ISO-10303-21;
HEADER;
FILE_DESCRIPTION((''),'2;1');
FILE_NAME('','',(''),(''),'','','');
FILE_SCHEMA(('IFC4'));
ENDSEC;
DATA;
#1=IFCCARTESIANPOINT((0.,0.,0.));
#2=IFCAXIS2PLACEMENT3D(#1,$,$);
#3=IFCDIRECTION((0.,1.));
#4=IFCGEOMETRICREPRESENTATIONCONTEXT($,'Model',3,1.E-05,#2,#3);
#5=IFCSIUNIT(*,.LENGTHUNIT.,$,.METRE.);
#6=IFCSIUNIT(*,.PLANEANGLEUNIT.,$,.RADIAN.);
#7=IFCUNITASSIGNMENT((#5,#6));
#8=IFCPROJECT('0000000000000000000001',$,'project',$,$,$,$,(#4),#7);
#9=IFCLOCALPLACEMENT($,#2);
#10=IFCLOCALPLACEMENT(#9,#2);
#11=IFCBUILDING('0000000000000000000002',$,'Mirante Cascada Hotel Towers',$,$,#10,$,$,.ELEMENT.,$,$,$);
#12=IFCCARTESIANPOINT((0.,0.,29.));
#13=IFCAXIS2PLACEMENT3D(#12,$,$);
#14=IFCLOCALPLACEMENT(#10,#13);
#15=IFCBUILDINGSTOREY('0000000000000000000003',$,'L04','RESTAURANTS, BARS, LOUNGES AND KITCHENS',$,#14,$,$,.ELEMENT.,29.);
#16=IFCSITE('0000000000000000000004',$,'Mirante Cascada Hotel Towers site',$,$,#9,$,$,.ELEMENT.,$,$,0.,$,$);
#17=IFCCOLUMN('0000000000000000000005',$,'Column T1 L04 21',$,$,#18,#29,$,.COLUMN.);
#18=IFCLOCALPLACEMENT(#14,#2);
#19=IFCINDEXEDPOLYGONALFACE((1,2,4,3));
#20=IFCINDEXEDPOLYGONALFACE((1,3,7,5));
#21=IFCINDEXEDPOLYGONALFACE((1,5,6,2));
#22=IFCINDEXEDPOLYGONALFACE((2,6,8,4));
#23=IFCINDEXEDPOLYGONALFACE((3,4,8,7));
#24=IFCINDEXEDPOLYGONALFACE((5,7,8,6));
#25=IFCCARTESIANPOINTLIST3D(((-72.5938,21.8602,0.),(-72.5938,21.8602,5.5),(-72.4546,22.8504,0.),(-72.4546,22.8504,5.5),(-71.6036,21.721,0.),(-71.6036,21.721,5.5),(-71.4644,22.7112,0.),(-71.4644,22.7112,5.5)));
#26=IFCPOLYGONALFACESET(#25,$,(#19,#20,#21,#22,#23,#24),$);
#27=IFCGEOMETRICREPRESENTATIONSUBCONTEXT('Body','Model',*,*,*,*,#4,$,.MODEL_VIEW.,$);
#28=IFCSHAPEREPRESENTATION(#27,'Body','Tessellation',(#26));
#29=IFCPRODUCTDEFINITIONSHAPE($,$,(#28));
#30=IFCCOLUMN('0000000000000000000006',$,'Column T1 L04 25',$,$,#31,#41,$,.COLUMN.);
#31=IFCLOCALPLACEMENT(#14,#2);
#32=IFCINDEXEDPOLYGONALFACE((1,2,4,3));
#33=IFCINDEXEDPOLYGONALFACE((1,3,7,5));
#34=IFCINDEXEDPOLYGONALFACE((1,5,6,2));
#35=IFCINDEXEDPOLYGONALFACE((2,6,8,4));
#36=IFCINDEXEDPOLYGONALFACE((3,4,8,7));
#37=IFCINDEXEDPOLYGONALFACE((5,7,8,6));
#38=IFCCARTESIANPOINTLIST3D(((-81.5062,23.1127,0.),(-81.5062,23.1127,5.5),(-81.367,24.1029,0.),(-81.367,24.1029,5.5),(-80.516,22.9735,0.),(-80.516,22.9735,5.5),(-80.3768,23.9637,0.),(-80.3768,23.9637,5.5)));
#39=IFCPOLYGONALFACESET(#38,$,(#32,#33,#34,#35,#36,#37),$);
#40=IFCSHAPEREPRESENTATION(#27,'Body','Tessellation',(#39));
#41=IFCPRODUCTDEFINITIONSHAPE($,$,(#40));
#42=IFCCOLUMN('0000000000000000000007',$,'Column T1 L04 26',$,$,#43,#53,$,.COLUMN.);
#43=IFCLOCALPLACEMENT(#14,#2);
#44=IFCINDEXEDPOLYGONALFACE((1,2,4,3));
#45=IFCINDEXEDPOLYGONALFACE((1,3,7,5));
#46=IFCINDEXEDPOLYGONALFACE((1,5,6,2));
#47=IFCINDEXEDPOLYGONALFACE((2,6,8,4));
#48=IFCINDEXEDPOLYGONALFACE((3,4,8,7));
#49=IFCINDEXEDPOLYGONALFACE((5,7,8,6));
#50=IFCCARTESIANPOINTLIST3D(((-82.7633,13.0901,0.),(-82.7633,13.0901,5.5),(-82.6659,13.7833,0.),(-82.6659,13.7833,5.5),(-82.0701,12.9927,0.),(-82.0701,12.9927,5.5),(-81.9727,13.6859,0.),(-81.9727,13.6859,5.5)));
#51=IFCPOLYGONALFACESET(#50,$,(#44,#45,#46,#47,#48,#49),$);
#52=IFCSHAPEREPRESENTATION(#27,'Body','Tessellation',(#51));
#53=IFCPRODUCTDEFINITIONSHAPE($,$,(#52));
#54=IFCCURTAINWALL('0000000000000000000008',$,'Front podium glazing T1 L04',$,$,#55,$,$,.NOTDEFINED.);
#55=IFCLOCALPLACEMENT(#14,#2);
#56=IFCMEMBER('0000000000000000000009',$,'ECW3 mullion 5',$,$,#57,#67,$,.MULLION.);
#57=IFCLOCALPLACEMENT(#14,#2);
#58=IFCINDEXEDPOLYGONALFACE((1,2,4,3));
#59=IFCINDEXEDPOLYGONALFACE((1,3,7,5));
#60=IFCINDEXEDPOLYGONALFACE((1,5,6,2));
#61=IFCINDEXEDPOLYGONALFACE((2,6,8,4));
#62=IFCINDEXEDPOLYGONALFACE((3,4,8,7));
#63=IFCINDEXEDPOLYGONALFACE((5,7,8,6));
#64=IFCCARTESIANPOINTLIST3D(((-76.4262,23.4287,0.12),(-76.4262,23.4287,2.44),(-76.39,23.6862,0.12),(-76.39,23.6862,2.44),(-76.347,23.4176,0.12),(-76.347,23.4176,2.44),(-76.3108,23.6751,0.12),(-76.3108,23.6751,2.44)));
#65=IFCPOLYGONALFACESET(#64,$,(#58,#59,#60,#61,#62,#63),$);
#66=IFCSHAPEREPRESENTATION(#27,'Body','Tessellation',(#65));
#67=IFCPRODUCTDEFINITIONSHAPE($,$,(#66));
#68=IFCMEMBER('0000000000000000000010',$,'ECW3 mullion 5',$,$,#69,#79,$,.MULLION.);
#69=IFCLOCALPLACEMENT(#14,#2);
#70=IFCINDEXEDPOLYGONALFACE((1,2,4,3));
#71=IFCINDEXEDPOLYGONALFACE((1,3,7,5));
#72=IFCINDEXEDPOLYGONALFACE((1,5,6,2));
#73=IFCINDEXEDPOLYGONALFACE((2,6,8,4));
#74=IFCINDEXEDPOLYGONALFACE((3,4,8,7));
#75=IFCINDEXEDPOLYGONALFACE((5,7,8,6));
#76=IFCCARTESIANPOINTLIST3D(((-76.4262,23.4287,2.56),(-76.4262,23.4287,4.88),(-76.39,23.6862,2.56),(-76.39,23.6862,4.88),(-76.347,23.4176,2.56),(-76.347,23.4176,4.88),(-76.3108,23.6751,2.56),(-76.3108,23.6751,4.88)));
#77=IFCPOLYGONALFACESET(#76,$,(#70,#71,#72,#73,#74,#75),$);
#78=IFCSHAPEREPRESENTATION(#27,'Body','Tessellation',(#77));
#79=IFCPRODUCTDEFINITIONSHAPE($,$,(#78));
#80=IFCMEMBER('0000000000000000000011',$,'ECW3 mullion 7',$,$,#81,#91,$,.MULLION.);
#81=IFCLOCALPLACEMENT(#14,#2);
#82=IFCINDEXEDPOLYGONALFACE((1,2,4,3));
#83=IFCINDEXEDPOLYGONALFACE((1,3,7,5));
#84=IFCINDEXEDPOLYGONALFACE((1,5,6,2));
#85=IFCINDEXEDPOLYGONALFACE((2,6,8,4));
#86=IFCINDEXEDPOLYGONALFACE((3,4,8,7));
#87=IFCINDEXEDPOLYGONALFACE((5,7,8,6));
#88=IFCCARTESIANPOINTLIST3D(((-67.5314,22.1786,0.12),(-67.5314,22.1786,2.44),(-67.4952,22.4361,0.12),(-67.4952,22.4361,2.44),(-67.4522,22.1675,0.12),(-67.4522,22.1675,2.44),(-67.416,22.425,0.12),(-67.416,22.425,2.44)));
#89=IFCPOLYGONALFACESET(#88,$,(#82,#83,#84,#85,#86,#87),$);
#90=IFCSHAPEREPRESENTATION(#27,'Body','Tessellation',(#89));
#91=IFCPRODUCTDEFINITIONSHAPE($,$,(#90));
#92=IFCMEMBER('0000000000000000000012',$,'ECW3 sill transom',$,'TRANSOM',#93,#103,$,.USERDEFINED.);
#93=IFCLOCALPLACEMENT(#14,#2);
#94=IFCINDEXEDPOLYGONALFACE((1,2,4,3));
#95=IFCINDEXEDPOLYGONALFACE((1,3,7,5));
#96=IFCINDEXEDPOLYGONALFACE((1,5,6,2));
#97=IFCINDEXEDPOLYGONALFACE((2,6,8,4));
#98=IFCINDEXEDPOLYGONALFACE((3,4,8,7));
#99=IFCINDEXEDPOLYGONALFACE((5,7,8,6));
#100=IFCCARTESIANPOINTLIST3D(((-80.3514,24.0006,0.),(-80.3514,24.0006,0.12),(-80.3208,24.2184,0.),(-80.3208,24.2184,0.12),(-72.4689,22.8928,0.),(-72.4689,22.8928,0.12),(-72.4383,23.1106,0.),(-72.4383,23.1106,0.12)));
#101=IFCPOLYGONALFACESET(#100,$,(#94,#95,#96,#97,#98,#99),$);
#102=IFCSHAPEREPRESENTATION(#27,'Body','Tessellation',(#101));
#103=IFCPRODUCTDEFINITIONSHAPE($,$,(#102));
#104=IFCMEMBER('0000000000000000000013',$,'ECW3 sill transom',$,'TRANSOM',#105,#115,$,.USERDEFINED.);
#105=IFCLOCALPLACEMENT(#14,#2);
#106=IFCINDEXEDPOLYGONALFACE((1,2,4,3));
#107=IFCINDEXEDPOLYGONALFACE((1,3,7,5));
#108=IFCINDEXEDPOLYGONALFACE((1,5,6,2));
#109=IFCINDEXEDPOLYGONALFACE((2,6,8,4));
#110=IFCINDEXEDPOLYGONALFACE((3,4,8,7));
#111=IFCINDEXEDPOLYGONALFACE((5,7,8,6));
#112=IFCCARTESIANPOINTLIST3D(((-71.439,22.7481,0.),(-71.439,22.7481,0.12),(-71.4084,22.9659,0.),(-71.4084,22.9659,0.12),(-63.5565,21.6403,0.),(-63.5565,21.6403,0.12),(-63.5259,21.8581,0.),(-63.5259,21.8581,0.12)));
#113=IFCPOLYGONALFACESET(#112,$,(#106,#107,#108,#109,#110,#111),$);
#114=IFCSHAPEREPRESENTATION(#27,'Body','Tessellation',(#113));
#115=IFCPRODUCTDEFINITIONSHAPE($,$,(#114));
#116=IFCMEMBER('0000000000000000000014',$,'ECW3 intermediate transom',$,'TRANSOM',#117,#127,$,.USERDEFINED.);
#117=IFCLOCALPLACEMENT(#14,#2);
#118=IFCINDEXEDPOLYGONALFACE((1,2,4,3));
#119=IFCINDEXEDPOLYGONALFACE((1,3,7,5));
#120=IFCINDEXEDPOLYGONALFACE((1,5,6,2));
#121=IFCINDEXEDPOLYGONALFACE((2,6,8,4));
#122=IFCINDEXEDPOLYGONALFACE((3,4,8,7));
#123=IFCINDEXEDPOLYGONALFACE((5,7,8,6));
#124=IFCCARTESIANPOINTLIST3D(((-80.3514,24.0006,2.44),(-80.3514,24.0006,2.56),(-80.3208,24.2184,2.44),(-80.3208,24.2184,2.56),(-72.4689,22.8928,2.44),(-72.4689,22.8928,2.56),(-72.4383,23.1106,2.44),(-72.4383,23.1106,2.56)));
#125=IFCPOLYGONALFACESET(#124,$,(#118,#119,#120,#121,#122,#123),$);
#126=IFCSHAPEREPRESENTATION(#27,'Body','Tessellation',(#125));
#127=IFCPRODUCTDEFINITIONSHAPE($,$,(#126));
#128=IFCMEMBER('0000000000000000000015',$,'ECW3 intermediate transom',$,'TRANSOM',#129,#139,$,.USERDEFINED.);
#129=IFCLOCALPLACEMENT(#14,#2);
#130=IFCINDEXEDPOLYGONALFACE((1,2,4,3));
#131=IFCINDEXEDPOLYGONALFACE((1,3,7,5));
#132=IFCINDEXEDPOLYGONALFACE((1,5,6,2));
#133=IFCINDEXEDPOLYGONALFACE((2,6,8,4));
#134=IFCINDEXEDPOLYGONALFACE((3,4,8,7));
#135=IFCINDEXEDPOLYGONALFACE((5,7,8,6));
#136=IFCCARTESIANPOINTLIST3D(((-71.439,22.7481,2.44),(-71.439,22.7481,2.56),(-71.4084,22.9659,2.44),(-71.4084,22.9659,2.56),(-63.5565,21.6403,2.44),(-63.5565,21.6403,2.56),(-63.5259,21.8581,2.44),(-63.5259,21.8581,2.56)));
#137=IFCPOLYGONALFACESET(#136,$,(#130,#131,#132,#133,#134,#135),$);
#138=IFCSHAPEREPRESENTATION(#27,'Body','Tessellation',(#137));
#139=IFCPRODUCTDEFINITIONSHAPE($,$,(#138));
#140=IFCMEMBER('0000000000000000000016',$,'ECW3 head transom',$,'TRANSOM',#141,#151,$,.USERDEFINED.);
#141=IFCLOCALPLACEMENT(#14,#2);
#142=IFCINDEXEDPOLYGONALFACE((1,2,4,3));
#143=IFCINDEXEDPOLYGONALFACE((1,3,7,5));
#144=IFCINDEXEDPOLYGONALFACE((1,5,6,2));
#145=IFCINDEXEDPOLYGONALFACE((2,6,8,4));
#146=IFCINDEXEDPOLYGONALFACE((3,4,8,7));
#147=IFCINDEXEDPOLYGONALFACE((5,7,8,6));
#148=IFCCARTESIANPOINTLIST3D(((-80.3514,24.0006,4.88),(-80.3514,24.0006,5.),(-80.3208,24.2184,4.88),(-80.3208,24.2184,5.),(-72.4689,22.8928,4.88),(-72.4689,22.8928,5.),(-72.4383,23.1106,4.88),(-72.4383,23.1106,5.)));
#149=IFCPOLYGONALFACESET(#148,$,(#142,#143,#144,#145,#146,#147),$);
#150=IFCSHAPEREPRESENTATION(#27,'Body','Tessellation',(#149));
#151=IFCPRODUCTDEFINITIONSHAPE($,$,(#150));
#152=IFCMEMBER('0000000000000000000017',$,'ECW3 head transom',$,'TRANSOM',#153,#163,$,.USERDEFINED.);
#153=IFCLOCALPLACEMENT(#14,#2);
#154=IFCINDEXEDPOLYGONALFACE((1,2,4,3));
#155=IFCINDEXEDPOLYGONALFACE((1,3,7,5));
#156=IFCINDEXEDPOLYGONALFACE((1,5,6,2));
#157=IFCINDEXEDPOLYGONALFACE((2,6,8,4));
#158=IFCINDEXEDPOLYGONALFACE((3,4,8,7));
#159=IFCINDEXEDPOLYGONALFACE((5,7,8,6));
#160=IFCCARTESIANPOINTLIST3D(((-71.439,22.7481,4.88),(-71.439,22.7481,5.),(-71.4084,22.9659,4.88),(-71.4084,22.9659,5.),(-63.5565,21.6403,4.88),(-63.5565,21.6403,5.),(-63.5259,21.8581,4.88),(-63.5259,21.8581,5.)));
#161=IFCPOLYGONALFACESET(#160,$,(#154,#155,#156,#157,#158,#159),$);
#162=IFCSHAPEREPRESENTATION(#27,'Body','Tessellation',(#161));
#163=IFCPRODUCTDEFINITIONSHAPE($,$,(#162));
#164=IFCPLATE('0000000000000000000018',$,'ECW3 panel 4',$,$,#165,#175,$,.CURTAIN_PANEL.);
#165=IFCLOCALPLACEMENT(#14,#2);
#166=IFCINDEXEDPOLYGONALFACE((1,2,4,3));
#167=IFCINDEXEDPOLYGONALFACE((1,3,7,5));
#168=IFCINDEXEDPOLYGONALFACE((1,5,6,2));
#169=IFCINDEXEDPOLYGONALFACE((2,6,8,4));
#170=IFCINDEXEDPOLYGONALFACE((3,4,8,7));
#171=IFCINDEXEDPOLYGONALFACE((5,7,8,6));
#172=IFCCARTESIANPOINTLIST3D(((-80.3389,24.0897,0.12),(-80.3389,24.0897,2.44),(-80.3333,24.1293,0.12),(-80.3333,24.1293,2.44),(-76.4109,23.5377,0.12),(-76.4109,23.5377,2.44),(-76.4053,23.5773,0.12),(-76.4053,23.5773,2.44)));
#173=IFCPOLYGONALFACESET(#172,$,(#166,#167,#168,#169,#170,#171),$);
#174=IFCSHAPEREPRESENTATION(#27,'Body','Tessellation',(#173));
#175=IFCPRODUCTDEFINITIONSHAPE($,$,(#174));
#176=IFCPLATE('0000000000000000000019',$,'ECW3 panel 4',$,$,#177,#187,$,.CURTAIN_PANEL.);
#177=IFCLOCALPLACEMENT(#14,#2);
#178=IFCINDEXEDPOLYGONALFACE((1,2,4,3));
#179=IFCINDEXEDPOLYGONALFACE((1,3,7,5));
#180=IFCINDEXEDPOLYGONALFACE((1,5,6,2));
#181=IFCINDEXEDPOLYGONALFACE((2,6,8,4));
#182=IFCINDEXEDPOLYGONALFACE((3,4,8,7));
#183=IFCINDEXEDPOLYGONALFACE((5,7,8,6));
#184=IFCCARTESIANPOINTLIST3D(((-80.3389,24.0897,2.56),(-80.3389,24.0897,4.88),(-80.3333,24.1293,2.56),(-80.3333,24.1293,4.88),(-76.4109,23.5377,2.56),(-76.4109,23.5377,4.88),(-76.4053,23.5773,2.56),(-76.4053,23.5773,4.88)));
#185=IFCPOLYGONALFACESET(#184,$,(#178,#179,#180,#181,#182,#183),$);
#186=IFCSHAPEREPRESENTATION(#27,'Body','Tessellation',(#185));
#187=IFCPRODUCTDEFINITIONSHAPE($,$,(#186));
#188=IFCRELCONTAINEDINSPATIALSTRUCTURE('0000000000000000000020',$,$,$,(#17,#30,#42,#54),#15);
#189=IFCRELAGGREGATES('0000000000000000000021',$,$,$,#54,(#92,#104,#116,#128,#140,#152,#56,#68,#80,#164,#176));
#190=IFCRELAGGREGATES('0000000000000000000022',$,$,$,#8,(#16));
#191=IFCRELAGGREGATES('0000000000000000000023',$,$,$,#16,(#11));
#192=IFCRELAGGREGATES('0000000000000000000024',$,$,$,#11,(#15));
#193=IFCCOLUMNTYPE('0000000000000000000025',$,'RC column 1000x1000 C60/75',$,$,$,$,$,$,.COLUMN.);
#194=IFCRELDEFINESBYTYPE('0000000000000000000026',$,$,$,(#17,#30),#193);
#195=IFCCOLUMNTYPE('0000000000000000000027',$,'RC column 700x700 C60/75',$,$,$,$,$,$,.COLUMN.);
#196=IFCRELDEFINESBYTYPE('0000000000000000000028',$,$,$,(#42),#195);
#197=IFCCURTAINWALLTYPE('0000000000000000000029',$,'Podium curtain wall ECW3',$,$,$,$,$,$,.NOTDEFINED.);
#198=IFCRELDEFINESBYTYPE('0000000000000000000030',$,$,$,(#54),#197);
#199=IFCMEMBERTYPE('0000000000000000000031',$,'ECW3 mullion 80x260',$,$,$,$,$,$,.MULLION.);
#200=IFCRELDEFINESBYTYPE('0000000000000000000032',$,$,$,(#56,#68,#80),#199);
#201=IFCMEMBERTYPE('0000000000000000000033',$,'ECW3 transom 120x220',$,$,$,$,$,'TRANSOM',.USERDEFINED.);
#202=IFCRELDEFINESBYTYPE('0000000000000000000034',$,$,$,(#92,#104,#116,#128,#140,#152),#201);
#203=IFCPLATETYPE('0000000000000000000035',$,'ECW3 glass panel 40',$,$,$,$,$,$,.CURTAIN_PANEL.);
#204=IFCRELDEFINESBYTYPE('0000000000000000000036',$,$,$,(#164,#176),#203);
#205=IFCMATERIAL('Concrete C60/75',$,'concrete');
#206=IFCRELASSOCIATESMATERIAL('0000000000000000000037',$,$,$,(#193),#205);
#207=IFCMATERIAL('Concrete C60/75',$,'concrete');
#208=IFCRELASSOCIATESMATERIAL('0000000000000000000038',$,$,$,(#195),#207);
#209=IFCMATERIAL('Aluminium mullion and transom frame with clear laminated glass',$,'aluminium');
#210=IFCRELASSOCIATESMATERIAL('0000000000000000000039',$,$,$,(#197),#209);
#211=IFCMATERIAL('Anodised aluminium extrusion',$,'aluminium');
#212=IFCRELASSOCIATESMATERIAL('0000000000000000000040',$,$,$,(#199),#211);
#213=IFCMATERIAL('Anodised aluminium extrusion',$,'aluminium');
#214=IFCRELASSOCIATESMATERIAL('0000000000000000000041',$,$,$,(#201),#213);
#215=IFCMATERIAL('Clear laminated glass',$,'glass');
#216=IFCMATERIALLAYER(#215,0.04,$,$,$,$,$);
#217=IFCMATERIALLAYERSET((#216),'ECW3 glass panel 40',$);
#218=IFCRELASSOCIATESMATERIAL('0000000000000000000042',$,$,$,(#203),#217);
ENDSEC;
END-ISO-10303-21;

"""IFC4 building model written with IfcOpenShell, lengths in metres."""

from ifc_helpers import new_model, si_unit, direction, frame, origin, origin_2d, place, context, subcontext, project, spatial, rectangle, extrude, material, layer, layer_set, material_profile, profile_set, type_object, element, aggregate, save


model = new_model("IFC4")

# Units and contexts
model_context = context("Model", 3, precision=1e-05, world=origin(), true_north=direction((0.0, 1.0)))
body_context = subcontext(model_context, "Body", "Model", "MODEL_VIEW")
ifc_project = project(units=[si_unit("LENGTHUNIT", "METRE"), si_unit("PLANEANGLEUNIT", "RADIAN")], contexts=[model_context])

# Site, building, storey
site_placement = place(None, origin())
site = spatial("IfcSite", under=ifc_project, at=site_placement, Name="Mirante Cascada Hotel Towers site", CompositionType="ELEMENT", RefElevation=0.0)
building_placement = place(site_placement, origin())
building = spatial("IfcBuilding", under=site, at=building_placement, Name="Mirante Cascada Hotel Towers", CompositionType="ELEMENT")
storey_placement = place(building_placement, frame((0.0, 0.0, 29.0)))
storey = spatial("IfcBuildingStorey", under=building, at=storey_placement, Name="L04", Description="RESTAURANTS, BARS, LOUNGES AND KITCHENS", CompositionType="ELEMENT", Elevation=29.0)

# Columns
ifc_material_1 = material(Name="Concrete C60/75", Category="concrete")
ifc_material_profile_1 = material_profile(ifc_material_1, rectangle(XDim=1.0, YDim=1.0, at=origin_2d()), Name="RC column 1000x1000 C60/75")
ifc_profile_set_1 = profile_set([ifc_material_profile_1], Name="Concrete C60/75")
column_type_1 = type_object("IfcColumnType", Name="RC column 1000x1000 C60/75", PredefinedType="COLUMN", material=ifc_profile_set_1)
for number, where, z_axis, x_axis, name in (
    (1, (-72.0291, 22.2857, 0.0), (0.0, 0.0, 1.0), (-0.990268, 0.139173, 0.0), "Column T1 L04 21"),
    (2, (-80.9415, 23.5382, 0.0), (0.0, 0.0, 1.0), (-0.990268, 0.139173, 0.0), "Column T1 L04 25"),
):
    element("IfcColumn", number, at=place(storey_placement, frame(where, z_axis=z_axis, x_axis=x_axis)), inside=storey, type_object=column_type_1, Name=name, PredefinedType="COLUMN", context=body_context, shape_type="SweptSolid", body=[
        extrude(rectangle(XDim=1.0, YDim=1.0, at=origin_2d()), origin(), (0.0, 0.0, 1.0), 5.5),
    ])
ifc_material_2 = material(Name="Concrete C60/75", Category="concrete")
ifc_material_profile_2 = material_profile(ifc_material_2, rectangle(XDim=0.7, YDim=0.7, at=origin_2d()), Name="RC column 700x700 C60/75")
ifc_profile_set_2 = profile_set([ifc_material_profile_2], Name="Concrete C60/75")
column_type_2 = type_object("IfcColumnType", Name="RC column 700x700 C60/75", PredefinedType="COLUMN", material=ifc_profile_set_2)
column_placement = place(storey_placement, frame((-82.368, 13.388, 0.0), z_axis=(0.0, 0.0, 1.0), x_axis=(-0.990268, 0.139173, 0.0)))
element("IfcColumn", 3, at=column_placement, inside=storey, type_object=column_type_2, Name="Column T1 L04 26", PredefinedType="COLUMN", context=body_context, shape_type="SweptSolid", body=[
    extrude(rectangle(XDim=0.7, YDim=0.7, at=origin_2d()), origin(), (0.0, 0.0, 1.0), 5.5),
])

# Curtain wall, members, plates
ifc_material_3 = material(Name="Aluminium mullion and transom frame with clear laminated glass", Category="aluminium")
curtain_wall_type = type_object("IfcCurtainWallType", Name="Podium curtain wall ECW3", PredefinedType="NOTDEFINED", material=ifc_material_3)
curtain_wall_placement = place(storey_placement, origin())
curtain_wall = element("IfcCurtainWall", 4, at=curtain_wall_placement, inside=storey, type_object=curtain_wall_type, Name="Front podium glazing T1 L04", PredefinedType="NOTDEFINED")
ifc_material_4 = material(Name="Anodised aluminium extrusion", Category="aluminium")
ifc_material_profile_3 = material_profile(ifc_material_4, rectangle(XDim=0.26, YDim=0.08, at=origin_2d()), Name="ECW3 MULLION 80x260")
ifc_profile_set_3 = profile_set([ifc_material_profile_3], Name="Anodised aluminium extrusion")
member_type_1 = type_object("IfcMemberType", Name="ECW3 mullion 80x260", PredefinedType="MULLION", material=ifc_profile_set_3)
member_1_placement = place(storey_placement, frame((-76.3685, 23.5519, 0.12), z_axis=(0.0, 0.0, 1.0), x_axis=(0.139173, 0.990268, 0.0)))
member_1 = element("IfcMember", 5, at=member_1_placement, type_object=member_type_1, Name="ECW3 mullion 5", PredefinedType="MULLION", context=body_context, shape_type="SweptSolid", body=[
    extrude(rectangle(XDim=0.26, YDim=0.08, at=origin_2d()), origin(), (0.0, 0.0, 1.0), 2.32),
])
member_2_placement = place(storey_placement, frame((-76.3685, 23.5519, 2.56), z_axis=(0.0, 0.0, 1.0), x_axis=(0.139173, 0.990268, 0.0)))
member_2 = element("IfcMember", 6, at=member_2_placement, type_object=member_type_1, Name="ECW3 mullion 5", PredefinedType="MULLION", context=body_context, shape_type="SweptSolid", body=[
    extrude(rectangle(XDim=0.26, YDim=0.08, at=origin_2d()), origin(), (0.0, 0.0, 1.0), 2.32),
])
member_3_placement = place(storey_placement, frame((-67.4737, 22.3018, 0.12), z_axis=(0.0, 0.0, 1.0), x_axis=(0.139173, 0.990268, 0.0)))
member_3 = element("IfcMember", 7, at=member_3_placement, type_object=member_type_1, Name="ECW3 mullion 7", PredefinedType="MULLION", context=body_context, shape_type="SweptSolid", body=[
    extrude(rectangle(XDim=0.26, YDim=0.08, at=origin_2d()), origin(), (0.0, 0.0, 1.0), 2.32),
])
ifc_material_5 = material(Name="Anodised aluminium extrusion", Category="aluminium")
ifc_material_profile_4 = material_profile(ifc_material_5, rectangle(XDim=0.22, YDim=0.12, at=origin_2d()), Name="ECW3 TRANSOM 120x220")
ifc_profile_set_4 = profile_set([ifc_material_profile_4], Name="Anodised aluminium extrusion")
member_type_2 = type_object("IfcMemberType", Name="ECW3 transom 120x220", ElementType="TRANSOM", PredefinedType="USERDEFINED", material=ifc_profile_set_4)
member_4_placement = place(storey_placement, frame((-80.3361, 24.1095, 0.06), z_axis=(0.990268, -0.139172, 0.0), x_axis=(0.139172, 0.990268, 0.0)))
member_4 = element("IfcMember", 8, at=member_4_placement, type_object=member_type_2, Name="ECW3 sill transom", ObjectType="TRANSOM", PredefinedType="USERDEFINED", context=body_context, shape_type="SweptSolid", body=[
    extrude(rectangle(XDim=0.22, YDim=0.12, at=origin_2d()), origin(), (0.0, 0.0, 1.0), 7.96),
])
member_5_placement = place(storey_placement, frame((-71.4237, 22.857, 0.06), z_axis=(0.990268, -0.139172, 0.0), x_axis=(0.139172, 0.990268, 0.0)))
member_5 = element("IfcMember", 9, at=member_5_placement, type_object=member_type_2, Name="ECW3 sill transom", ObjectType="TRANSOM", PredefinedType="USERDEFINED", context=body_context, shape_type="SweptSolid", body=[
    extrude(rectangle(XDim=0.22, YDim=0.12, at=origin_2d()), origin(), (0.0, 0.0, 1.0), 7.96),
])
member_6_placement = place(storey_placement, frame((-80.3361, 24.1095, 2.5), z_axis=(0.990268, -0.139172, 0.0), x_axis=(0.139172, 0.990268, 0.0)))
member_6 = element("IfcMember", 10, at=member_6_placement, type_object=member_type_2, Name="ECW3 intermediate transom", ObjectType="TRANSOM", PredefinedType="USERDEFINED", context=body_context, shape_type="SweptSolid", body=[
    extrude(rectangle(XDim=0.22, YDim=0.12, at=origin_2d()), origin(), (0.0, 0.0, 1.0), 7.96),
])
member_7_placement = place(storey_placement, frame((-71.4237, 22.857, 2.5), z_axis=(0.990268, -0.139172, 0.0), x_axis=(0.139172, 0.990268, 0.0)))
member_7 = element("IfcMember", 11, at=member_7_placement, type_object=member_type_2, Name="ECW3 intermediate transom", ObjectType="TRANSOM", PredefinedType="USERDEFINED", context=body_context, shape_type="SweptSolid", body=[
    extrude(rectangle(XDim=0.22, YDim=0.12, at=origin_2d()), origin(), (0.0, 0.0, 1.0), 7.96),
])
member_8_placement = place(storey_placement, frame((-80.3361, 24.1095, 4.94), z_axis=(0.990268, -0.139172, 0.0), x_axis=(0.139172, 0.990268, 0.0)))
member_8 = element("IfcMember", 12, at=member_8_placement, type_object=member_type_2, Name="ECW3 head transom", ObjectType="TRANSOM", PredefinedType="USERDEFINED", context=body_context, shape_type="SweptSolid", body=[
    extrude(rectangle(XDim=0.22, YDim=0.12, at=origin_2d()), origin(), (0.0, 0.0, 1.0), 7.96),
])
member_9_placement = place(storey_placement, frame((-71.4237, 22.857, 4.94), z_axis=(0.990268, -0.139172, 0.0), x_axis=(0.139172, 0.990268, 0.0)))
member_9 = element("IfcMember", 13, at=member_9_placement, type_object=member_type_2, Name="ECW3 head transom", ObjectType="TRANSOM", PredefinedType="USERDEFINED", context=body_context, shape_type="SweptSolid", body=[
    extrude(rectangle(XDim=0.22, YDim=0.12, at=origin_2d()), origin(), (0.0, 0.0, 1.0), 7.96),
])
ifc_material_6 = material(Name="Clear laminated glass", Category="glass")
ifc_layer_1 = layer(ifc_material_6, 0.04)
ifc_layer_set_1 = layer_set([ifc_layer_1], Name="ECW3 glass panel 40")
plate_type = type_object("IfcPlateType", Name="ECW3 glass panel 40", PredefinedType="CURTAIN_PANEL", material=ifc_layer_set_1)
plate_1_placement = place(storey_placement, frame((-78.3721, 23.8335, 0.12), z_axis=(0.0, 0.0, 1.0), x_axis=(0.990268, -0.139173, 0.0)))
plate_1 = element("IfcPlate", 14, at=plate_1_placement, type_object=plate_type, Name="ECW3 panel 4", PredefinedType="CURTAIN_PANEL", context=body_context, shape_type="SweptSolid", body=[
    extrude(rectangle(XDim=3.9666, YDim=0.04, at=origin_2d()), origin(), (0.0, 0.0, 1.0), 2.32),
])
plate_2_placement = place(storey_placement, frame((-78.3721, 23.8335, 2.56), z_axis=(0.0, 0.0, 1.0), x_axis=(0.990268, -0.139173, 0.0)))
plate_2 = element("IfcPlate", 15, at=plate_2_placement, type_object=plate_type, Name="ECW3 panel 4", PredefinedType="CURTAIN_PANEL", context=body_context, shape_type="SweptSolid", body=[
    extrude(rectangle(XDim=3.9666, YDim=0.04, at=origin_2d()), origin(), (0.0, 0.0, 1.0), 2.32),
])
aggregate(curtain_wall, [member_4, member_5, member_6, member_7, member_8, member_9, member_1, member_2, member_3, plate_1, plate_2])

save(model, "model.ifc")
